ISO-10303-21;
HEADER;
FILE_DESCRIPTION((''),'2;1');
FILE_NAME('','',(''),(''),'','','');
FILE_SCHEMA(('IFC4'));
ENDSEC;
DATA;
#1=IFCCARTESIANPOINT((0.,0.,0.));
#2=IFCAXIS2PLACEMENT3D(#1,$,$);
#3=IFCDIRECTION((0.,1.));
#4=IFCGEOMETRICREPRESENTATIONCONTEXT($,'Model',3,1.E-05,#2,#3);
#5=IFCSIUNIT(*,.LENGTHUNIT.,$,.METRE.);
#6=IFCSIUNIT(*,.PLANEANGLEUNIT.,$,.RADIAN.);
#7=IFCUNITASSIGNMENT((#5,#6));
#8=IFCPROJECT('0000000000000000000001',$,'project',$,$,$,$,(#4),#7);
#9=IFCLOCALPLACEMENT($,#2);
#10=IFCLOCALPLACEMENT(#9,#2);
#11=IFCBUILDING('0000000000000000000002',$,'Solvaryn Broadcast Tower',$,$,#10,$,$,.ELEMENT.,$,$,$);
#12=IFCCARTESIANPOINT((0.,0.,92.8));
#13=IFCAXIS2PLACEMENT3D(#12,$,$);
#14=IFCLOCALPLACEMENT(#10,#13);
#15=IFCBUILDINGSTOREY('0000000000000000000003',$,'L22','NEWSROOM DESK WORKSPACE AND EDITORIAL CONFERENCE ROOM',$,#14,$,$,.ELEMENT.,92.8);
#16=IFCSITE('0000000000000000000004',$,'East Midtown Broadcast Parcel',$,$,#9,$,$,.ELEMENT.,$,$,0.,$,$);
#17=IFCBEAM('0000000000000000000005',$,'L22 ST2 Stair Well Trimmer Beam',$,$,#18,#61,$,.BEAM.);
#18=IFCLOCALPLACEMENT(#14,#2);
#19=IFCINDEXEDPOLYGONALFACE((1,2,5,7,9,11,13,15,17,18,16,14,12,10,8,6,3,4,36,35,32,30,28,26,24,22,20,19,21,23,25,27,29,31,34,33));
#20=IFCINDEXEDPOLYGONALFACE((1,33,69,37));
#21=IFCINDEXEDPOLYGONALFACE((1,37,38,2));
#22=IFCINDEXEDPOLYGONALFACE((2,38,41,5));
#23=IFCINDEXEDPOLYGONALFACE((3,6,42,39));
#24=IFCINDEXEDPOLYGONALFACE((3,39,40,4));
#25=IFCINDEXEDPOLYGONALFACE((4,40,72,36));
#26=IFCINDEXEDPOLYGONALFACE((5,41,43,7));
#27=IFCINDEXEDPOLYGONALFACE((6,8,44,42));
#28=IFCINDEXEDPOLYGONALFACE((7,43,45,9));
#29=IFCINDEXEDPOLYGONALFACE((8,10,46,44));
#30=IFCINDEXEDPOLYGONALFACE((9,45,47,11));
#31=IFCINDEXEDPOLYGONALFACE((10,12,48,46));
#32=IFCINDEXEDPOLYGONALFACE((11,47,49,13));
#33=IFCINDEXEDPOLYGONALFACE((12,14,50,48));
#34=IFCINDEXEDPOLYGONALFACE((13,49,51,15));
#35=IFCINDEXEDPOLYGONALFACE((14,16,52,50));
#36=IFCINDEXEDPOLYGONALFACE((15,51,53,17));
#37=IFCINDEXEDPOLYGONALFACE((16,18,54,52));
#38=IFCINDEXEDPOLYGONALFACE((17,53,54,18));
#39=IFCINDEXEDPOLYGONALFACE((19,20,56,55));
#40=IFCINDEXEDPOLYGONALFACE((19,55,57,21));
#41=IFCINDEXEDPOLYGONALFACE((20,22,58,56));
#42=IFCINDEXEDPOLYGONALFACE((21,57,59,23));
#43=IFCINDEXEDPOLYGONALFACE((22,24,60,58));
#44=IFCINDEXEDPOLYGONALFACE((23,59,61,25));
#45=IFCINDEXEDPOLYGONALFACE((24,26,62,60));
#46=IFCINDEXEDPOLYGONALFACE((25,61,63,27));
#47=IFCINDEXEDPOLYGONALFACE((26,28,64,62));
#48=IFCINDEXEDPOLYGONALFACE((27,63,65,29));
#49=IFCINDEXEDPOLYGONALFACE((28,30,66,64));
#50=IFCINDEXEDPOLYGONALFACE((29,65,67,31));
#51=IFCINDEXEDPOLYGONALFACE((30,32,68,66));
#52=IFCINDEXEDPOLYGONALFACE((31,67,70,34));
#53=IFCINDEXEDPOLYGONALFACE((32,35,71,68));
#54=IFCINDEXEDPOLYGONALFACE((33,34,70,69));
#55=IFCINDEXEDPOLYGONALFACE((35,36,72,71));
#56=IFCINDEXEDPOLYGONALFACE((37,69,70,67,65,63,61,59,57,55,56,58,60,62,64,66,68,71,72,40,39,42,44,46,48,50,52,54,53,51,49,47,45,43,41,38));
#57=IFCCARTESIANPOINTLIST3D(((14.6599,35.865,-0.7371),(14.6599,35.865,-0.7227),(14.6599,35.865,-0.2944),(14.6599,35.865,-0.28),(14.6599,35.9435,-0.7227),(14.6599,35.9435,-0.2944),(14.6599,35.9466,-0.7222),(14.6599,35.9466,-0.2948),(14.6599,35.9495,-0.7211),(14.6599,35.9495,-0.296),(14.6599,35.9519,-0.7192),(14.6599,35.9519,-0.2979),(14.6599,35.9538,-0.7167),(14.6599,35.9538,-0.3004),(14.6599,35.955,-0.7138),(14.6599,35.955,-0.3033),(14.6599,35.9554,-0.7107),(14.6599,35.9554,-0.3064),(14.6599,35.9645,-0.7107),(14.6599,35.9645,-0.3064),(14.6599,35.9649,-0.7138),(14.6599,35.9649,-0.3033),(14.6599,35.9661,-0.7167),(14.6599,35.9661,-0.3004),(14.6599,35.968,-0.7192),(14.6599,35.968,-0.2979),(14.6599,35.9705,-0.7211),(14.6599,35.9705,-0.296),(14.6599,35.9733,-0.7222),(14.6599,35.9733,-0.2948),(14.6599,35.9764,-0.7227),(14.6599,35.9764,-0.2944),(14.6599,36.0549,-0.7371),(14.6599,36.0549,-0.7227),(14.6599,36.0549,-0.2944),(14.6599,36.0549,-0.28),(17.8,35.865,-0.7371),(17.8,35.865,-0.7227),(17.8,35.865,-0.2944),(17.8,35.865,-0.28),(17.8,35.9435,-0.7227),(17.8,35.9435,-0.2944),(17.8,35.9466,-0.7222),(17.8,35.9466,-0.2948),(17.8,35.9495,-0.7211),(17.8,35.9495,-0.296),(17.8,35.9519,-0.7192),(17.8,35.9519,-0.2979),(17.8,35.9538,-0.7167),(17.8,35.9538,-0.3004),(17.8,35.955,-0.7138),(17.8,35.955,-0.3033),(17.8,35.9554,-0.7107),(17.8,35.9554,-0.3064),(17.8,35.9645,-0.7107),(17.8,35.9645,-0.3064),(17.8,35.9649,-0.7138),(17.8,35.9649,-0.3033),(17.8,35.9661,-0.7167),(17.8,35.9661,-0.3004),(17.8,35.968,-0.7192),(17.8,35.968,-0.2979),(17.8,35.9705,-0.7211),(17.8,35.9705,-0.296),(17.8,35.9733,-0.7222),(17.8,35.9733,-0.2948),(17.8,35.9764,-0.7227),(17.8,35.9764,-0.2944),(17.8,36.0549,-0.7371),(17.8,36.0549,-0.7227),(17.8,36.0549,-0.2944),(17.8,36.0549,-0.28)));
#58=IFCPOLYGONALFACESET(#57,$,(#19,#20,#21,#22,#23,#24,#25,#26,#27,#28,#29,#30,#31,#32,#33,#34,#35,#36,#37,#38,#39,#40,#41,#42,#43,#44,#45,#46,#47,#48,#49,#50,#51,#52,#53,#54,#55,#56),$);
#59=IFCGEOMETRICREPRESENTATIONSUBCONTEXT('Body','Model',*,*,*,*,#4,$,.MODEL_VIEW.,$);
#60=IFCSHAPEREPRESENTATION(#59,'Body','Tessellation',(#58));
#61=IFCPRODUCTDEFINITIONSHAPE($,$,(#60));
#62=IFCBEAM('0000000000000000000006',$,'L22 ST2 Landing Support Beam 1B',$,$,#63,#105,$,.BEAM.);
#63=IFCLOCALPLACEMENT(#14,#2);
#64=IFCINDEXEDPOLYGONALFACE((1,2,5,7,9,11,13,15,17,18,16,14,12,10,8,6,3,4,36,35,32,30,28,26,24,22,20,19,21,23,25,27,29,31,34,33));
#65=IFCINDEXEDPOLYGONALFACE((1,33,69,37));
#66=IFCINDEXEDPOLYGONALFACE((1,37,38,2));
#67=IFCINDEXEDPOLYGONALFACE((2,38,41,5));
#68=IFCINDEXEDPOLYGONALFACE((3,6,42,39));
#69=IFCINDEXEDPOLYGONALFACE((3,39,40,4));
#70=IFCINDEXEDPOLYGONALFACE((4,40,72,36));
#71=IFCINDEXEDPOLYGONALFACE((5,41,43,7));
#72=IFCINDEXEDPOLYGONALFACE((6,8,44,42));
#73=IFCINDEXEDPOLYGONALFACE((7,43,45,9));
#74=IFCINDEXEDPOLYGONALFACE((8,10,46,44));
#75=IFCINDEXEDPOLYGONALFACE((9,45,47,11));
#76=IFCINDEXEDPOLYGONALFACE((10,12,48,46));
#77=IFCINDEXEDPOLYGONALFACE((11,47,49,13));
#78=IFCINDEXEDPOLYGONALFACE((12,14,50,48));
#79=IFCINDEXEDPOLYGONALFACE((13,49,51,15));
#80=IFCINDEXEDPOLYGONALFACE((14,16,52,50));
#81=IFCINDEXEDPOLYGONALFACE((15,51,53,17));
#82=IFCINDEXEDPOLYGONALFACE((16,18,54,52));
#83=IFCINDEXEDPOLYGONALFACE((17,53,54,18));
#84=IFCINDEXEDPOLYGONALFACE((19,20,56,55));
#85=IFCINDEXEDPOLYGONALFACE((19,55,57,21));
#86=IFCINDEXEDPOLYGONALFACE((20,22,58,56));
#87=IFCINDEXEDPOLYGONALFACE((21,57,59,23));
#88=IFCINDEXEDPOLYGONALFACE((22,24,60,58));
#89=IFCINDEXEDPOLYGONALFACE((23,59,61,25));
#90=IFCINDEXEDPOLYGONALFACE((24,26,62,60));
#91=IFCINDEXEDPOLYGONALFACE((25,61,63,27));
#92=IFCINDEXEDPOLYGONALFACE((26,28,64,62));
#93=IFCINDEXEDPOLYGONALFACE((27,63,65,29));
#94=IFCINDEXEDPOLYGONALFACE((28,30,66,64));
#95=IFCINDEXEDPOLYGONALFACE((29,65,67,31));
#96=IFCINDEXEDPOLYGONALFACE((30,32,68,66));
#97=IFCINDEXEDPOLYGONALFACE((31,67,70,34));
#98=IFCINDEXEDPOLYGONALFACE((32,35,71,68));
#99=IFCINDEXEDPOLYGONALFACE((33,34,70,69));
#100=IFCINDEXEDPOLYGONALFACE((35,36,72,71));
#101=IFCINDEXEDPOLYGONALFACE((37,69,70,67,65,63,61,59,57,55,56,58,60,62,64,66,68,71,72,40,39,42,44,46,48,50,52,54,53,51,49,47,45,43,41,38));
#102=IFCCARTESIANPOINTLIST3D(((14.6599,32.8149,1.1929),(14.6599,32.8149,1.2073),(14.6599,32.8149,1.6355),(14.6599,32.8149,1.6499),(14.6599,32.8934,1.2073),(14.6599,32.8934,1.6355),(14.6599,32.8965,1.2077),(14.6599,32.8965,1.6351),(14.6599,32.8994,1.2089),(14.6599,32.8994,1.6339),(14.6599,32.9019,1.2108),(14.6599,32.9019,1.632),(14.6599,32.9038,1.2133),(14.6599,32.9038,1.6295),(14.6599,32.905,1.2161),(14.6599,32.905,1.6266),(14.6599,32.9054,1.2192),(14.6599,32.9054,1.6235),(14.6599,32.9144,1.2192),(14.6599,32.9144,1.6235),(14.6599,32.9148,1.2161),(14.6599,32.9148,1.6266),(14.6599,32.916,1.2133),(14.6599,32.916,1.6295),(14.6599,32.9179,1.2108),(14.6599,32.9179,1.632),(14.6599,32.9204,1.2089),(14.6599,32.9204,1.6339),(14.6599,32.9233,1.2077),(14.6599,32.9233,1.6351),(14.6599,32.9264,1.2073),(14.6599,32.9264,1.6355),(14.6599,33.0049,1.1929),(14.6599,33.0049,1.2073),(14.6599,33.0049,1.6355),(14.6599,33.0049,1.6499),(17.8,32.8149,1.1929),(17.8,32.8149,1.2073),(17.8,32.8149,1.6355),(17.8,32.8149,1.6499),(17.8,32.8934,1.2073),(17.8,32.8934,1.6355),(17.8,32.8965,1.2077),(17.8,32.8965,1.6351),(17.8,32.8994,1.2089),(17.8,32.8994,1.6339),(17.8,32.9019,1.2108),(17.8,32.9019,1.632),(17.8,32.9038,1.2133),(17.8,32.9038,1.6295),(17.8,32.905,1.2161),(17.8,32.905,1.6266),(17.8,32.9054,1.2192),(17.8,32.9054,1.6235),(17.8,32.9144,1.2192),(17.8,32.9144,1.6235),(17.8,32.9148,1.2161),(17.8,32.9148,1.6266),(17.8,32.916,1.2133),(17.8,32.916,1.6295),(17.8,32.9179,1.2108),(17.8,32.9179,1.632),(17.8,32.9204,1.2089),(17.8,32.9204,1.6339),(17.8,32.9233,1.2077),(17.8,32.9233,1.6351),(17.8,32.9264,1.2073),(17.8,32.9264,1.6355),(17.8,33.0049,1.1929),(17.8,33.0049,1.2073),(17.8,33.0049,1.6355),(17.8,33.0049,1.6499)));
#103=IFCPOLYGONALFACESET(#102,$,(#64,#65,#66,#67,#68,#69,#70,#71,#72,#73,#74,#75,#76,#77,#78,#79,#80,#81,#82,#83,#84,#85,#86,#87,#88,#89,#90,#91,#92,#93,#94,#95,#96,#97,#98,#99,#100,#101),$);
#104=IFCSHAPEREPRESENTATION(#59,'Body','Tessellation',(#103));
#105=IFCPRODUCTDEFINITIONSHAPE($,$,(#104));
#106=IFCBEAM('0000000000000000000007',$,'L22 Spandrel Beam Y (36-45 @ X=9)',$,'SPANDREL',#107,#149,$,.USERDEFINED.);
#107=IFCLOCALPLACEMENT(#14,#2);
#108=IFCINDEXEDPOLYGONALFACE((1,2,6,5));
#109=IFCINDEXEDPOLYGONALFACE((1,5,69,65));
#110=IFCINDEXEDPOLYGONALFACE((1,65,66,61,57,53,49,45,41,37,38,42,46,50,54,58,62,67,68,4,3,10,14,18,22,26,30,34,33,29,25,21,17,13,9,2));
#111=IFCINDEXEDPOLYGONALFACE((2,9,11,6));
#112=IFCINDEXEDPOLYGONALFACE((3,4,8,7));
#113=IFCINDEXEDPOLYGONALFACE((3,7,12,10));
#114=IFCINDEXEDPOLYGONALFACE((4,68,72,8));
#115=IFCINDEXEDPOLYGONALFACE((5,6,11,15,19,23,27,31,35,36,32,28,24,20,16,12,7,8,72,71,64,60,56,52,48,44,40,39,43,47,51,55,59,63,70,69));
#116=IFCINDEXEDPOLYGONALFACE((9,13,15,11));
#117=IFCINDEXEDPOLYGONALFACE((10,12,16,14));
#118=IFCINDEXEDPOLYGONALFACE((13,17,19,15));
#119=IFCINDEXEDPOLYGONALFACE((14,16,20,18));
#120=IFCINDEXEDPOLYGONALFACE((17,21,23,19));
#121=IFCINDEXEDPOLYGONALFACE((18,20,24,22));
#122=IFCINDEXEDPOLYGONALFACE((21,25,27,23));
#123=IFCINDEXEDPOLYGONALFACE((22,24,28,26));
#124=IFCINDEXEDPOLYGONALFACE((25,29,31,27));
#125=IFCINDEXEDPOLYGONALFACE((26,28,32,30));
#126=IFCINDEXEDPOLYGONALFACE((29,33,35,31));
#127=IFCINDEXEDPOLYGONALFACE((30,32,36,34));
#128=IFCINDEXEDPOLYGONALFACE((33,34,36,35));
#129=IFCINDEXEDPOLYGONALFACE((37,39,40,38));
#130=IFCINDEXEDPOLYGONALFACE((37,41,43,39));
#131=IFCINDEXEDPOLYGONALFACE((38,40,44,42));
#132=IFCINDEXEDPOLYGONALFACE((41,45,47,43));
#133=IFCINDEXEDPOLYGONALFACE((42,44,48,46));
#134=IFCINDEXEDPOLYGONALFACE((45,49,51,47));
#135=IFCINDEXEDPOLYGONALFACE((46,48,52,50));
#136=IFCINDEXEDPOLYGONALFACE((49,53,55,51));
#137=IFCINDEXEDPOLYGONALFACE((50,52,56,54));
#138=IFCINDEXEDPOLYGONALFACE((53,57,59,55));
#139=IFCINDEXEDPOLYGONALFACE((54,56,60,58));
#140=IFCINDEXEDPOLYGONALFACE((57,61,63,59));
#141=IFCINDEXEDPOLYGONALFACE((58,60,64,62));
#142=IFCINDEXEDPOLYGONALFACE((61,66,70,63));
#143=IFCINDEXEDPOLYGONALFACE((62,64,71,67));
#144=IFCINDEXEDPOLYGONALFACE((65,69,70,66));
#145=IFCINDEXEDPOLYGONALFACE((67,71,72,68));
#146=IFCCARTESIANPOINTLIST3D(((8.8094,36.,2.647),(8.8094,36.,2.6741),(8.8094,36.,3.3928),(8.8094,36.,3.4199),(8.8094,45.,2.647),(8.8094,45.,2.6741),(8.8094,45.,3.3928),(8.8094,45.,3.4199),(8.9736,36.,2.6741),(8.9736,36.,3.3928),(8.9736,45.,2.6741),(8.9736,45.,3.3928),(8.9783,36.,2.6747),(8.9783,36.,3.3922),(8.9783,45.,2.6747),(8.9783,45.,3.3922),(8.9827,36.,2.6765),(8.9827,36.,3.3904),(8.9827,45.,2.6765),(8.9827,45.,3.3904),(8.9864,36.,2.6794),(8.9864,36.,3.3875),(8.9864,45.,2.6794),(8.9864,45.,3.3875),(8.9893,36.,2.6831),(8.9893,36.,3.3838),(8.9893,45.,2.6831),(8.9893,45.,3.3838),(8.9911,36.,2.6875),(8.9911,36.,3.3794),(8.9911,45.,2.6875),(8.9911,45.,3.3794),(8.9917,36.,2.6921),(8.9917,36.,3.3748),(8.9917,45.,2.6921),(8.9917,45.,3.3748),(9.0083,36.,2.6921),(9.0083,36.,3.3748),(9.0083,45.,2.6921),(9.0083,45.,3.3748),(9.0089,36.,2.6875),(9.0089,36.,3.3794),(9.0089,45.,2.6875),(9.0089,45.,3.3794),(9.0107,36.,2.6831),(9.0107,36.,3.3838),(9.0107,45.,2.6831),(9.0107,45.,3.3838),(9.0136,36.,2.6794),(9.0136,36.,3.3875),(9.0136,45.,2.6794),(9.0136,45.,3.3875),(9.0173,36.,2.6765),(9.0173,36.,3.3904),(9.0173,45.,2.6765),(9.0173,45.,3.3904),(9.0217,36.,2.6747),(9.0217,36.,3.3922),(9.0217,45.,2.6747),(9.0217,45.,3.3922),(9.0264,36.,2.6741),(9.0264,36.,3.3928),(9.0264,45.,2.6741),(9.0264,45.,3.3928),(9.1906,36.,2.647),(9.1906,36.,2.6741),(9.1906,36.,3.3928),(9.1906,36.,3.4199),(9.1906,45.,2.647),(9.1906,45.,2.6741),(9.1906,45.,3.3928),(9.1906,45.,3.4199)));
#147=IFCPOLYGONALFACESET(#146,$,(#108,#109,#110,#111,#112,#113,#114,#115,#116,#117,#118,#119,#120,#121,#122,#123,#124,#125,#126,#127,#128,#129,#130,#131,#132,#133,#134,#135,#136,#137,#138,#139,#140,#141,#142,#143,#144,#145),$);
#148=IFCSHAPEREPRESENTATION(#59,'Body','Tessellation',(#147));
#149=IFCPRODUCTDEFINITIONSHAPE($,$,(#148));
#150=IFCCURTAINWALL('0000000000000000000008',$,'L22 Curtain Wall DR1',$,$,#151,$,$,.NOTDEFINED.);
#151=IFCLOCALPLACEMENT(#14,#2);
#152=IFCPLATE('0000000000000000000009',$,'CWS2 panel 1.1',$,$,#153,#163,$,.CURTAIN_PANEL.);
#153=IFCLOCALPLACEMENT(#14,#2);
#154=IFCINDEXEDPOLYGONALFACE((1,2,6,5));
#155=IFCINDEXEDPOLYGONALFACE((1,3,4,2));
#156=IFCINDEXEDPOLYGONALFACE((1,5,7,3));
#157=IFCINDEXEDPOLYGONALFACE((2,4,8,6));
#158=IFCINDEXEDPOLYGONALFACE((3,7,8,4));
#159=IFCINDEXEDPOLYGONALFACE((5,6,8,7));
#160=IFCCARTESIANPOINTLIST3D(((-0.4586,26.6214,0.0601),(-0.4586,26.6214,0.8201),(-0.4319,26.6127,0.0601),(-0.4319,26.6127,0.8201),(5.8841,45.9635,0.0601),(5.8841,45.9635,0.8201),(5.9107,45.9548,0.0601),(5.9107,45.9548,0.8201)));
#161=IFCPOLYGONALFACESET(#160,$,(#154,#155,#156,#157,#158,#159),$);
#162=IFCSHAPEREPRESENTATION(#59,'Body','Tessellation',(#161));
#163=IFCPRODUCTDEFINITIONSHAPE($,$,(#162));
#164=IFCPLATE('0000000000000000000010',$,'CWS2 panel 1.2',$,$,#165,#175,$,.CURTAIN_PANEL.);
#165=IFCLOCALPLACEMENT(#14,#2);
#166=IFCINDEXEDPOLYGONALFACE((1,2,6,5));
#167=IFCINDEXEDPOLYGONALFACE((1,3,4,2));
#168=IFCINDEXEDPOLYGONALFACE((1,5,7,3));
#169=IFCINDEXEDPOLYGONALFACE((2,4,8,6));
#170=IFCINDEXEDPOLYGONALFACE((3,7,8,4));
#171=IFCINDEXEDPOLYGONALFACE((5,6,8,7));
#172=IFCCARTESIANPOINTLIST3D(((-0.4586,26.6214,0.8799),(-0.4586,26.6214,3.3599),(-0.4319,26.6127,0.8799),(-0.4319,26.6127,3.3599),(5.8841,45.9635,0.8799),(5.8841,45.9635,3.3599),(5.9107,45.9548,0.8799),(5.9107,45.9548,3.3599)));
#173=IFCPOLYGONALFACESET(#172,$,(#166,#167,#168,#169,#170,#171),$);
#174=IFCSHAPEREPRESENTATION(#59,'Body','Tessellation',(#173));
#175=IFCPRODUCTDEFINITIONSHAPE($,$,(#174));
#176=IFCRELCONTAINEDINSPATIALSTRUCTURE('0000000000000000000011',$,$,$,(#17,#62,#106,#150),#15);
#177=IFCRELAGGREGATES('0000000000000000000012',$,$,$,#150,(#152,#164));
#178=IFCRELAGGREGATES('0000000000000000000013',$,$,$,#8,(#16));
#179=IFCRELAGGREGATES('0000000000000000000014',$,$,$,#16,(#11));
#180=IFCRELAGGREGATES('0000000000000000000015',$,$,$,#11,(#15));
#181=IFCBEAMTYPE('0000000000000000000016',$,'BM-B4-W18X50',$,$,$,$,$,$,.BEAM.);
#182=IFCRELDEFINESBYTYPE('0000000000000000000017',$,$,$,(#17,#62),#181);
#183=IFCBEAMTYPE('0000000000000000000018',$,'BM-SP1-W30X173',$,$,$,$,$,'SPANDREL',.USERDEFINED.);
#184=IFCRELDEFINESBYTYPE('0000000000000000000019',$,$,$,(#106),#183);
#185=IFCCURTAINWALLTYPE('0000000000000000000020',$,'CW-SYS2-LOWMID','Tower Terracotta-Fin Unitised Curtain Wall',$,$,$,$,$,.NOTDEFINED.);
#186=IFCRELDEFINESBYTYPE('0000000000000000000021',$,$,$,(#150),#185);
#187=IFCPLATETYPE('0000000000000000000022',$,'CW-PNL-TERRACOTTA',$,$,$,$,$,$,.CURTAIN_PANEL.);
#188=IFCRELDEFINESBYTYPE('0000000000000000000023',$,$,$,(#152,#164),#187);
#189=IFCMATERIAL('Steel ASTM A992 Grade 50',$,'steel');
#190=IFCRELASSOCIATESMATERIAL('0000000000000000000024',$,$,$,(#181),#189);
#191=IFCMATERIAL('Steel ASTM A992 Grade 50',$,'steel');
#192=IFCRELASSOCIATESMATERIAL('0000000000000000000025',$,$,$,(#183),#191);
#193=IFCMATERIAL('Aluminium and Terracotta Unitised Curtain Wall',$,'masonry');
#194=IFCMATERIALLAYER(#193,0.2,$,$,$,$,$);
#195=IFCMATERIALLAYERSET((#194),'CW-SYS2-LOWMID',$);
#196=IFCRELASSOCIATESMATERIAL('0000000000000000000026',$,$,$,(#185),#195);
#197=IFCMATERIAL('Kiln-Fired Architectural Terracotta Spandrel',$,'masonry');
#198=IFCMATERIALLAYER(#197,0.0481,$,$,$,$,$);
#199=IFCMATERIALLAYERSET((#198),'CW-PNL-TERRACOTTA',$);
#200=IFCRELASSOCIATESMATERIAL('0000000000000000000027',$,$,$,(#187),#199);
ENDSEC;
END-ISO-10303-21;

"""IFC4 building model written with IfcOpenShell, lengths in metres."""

from ifc_helpers import new_model, si_unit, direction, frame, origin, origin_2d, place, context, subcontext, project, spatial, rectangle, i_section, extrude, material, layer, layer_set, material_profile, profile_set, type_object, element, aggregate, save


model = new_model("IFC4")

# Units and contexts
model_context = context("Model", 3, precision=1e-05, world=origin(), true_north=direction((0.0, 1.0)))
body_context = subcontext(model_context, "Body", "Model", "MODEL_VIEW")
ifc_project = project(units=[si_unit("LENGTHUNIT", "METRE"), si_unit("PLANEANGLEUNIT", "RADIAN")], contexts=[model_context])

# Site, building, storey
site_placement = place(None, origin())
site = spatial("IfcSite", under=ifc_project, at=site_placement, Name="East Midtown Broadcast Parcel", CompositionType="ELEMENT", RefElevation=0.0)
building_placement = place(site_placement, origin())
building = spatial("IfcBuilding", under=site, at=building_placement, Name="Solvaryn Broadcast Tower", CompositionType="ELEMENT")
storey_placement = place(building_placement, frame((0.0, 0.0, 92.8)))
storey = spatial("IfcBuildingStorey", under=building, at=storey_placement, Name="L22", Description="NEWSROOM DESK WORKSPACE AND EDITORIAL CONFERENCE ROOM", CompositionType="ELEMENT", Elevation=92.8)

# Beams
ifc_material_1 = material(Name="Steel ASTM A992 Grade 50", Category="steel")
ifc_material_profile_1 = material_profile(ifc_material_1, i_section(OverallWidth=0.1899, OverallDepth=0.457, WebThickness=0.009, FlangeThickness=0.0144, FilletRadius=0.012, at=origin_2d()))
ifc_profile_set_1 = profile_set([ifc_material_profile_1], Name="Steel ASTM A992 Grade 50")
beam_type_1 = type_object("IfcBeamType", Name="BM-B4-W18X50", PredefinedType="BEAM", material=ifc_profile_set_1)
for number, where, z_axis, x_axis, name in (
    (1, (14.6599, 35.96, -0.5085), (1.0, 0.0, 0.0), (0.0, 1.0, 0.0), "L22 ST2 Stair Well Trimmer Beam"),
    (2, (14.6599, 32.9099, 1.4214), (1.0, 0.0, 0.0), (0.0, 1.0, 0.0), "L22 ST2 Landing Support Beam 1B"),
):
    element("IfcBeam", number, at=place(storey_placement, frame(where, z_axis=z_axis, x_axis=x_axis)), inside=storey, type_object=beam_type_1, Name=name, PredefinedType="BEAM", context=body_context, shape_type="SweptSolid", body=[
        extrude(i_section(OverallWidth=0.1899, OverallDepth=0.457, WebThickness=0.009, FlangeThickness=0.0144, FilletRadius=0.012, at=origin_2d()), origin(), (0.0, 0.0, 1.0), 3.1401),
    ])
ifc_material_2 = material(Name="Steel ASTM A992 Grade 50", Category="steel")
ifc_material_profile_2 = material_profile(ifc_material_2, i_section(OverallWidth=0.3811, OverallDepth=0.7729, WebThickness=0.0166, FlangeThickness=0.0271, FilletRadius=0.0181, at=origin_2d()))
ifc_profile_set_2 = profile_set([ifc_material_profile_2], Name="Steel ASTM A992 Grade 50")
beam_type_2 = type_object("IfcBeamType", Name="BM-SP1-W30X173", ElementType="SPANDREL", PredefinedType="USERDEFINED", material=ifc_profile_set_2)
beam_1_placement = place(storey_placement, frame((9.0, 36.0, 3.0334), z_axis=(0.0, 1.0, 0.0), x_axis=(-1.0, 0.0, 0.0)))
element("IfcBeam", 3, at=beam_1_placement, inside=storey, type_object=beam_type_2, Name="L22 Spandrel Beam Y (36-45 @ X=9)", ObjectType="SPANDREL", PredefinedType="USERDEFINED", context=body_context, shape_type="SweptSolid", body=[
    extrude(i_section(OverallWidth=0.3811, OverallDepth=0.7729, WebThickness=0.0166, FlangeThickness=0.0271, FilletRadius=0.0181, at=origin_2d()), origin(), (0.0, 0.0, 1.0), 9.0),
])

# Curtain wall, plates
ifc_material_3 = material(Name="Aluminium and Terracotta Unitised Curtain Wall", Category="masonry")
ifc_layer_1 = layer(ifc_material_3, 0.2)
ifc_layer_set_1 = layer_set([ifc_layer_1], Name="CW-SYS2-LOWMID")
curtain_wall_type = type_object("IfcCurtainWallType", Name="CW-SYS2-LOWMID", Description="Tower Terracotta-Fin Unitised Curtain Wall", PredefinedType="NOTDEFINED", material=ifc_layer_set_1)
curtain_wall_placement = place(storey_placement, origin())
curtain_wall = element("IfcCurtainWall", 4, at=curtain_wall_placement, inside=storey, type_object=curtain_wall_type, Name="L22 Curtain Wall DR1", PredefinedType="NOTDEFINED")
ifc_material_4 = material(Name="Kiln-Fired Architectural Terracotta Spandrel", Category="masonry")
ifc_layer_2 = layer(ifc_material_4, 0.0481)
ifc_layer_set_2 = layer_set([ifc_layer_2], Name="CW-PNL-TERRACOTTA")
plate_type = type_object("IfcPlateType", Name="CW-PNL-TERRACOTTA", PredefinedType="CURTAIN_PANEL", material=ifc_layer_set_2)
plate_1_placement = place(storey_placement, frame((2.7261, 36.2881, 0.0601), z_axis=(0.0, 0.0, 1.0), x_axis=(-0.311594, -0.950215, 0.0)))
plate_1 = element("IfcPlate", 5, at=plate_1_placement, type_object=plate_type, Name="CWS2 panel 1.1", PredefinedType="CURTAIN_PANEL", context=body_context, shape_type="SweptSolid", body=[
    extrude(rectangle(XDim=20.3555, YDim=0.0281, at=origin_2d()), origin(), (0.0, 0.0, 1.0), 0.76),
])
plate_2_placement = place(storey_placement, frame((2.7261, 36.2881, 0.8799), z_axis=(0.0, 0.0, 1.0), x_axis=(-0.311594, -0.950215, 0.0)))
plate_2 = element("IfcPlate", 6, at=plate_2_placement, type_object=plate_type, Name="CWS2 panel 1.2", PredefinedType="CURTAIN_PANEL", context=body_context, shape_type="SweptSolid", body=[
    extrude(rectangle(XDim=20.3555, YDim=0.0281, at=origin_2d()), origin(), (0.0, 0.0, 1.0), 2.48),
])
aggregate(curtain_wall, [plate_1, plate_2])

save(model, "model.ifc")
